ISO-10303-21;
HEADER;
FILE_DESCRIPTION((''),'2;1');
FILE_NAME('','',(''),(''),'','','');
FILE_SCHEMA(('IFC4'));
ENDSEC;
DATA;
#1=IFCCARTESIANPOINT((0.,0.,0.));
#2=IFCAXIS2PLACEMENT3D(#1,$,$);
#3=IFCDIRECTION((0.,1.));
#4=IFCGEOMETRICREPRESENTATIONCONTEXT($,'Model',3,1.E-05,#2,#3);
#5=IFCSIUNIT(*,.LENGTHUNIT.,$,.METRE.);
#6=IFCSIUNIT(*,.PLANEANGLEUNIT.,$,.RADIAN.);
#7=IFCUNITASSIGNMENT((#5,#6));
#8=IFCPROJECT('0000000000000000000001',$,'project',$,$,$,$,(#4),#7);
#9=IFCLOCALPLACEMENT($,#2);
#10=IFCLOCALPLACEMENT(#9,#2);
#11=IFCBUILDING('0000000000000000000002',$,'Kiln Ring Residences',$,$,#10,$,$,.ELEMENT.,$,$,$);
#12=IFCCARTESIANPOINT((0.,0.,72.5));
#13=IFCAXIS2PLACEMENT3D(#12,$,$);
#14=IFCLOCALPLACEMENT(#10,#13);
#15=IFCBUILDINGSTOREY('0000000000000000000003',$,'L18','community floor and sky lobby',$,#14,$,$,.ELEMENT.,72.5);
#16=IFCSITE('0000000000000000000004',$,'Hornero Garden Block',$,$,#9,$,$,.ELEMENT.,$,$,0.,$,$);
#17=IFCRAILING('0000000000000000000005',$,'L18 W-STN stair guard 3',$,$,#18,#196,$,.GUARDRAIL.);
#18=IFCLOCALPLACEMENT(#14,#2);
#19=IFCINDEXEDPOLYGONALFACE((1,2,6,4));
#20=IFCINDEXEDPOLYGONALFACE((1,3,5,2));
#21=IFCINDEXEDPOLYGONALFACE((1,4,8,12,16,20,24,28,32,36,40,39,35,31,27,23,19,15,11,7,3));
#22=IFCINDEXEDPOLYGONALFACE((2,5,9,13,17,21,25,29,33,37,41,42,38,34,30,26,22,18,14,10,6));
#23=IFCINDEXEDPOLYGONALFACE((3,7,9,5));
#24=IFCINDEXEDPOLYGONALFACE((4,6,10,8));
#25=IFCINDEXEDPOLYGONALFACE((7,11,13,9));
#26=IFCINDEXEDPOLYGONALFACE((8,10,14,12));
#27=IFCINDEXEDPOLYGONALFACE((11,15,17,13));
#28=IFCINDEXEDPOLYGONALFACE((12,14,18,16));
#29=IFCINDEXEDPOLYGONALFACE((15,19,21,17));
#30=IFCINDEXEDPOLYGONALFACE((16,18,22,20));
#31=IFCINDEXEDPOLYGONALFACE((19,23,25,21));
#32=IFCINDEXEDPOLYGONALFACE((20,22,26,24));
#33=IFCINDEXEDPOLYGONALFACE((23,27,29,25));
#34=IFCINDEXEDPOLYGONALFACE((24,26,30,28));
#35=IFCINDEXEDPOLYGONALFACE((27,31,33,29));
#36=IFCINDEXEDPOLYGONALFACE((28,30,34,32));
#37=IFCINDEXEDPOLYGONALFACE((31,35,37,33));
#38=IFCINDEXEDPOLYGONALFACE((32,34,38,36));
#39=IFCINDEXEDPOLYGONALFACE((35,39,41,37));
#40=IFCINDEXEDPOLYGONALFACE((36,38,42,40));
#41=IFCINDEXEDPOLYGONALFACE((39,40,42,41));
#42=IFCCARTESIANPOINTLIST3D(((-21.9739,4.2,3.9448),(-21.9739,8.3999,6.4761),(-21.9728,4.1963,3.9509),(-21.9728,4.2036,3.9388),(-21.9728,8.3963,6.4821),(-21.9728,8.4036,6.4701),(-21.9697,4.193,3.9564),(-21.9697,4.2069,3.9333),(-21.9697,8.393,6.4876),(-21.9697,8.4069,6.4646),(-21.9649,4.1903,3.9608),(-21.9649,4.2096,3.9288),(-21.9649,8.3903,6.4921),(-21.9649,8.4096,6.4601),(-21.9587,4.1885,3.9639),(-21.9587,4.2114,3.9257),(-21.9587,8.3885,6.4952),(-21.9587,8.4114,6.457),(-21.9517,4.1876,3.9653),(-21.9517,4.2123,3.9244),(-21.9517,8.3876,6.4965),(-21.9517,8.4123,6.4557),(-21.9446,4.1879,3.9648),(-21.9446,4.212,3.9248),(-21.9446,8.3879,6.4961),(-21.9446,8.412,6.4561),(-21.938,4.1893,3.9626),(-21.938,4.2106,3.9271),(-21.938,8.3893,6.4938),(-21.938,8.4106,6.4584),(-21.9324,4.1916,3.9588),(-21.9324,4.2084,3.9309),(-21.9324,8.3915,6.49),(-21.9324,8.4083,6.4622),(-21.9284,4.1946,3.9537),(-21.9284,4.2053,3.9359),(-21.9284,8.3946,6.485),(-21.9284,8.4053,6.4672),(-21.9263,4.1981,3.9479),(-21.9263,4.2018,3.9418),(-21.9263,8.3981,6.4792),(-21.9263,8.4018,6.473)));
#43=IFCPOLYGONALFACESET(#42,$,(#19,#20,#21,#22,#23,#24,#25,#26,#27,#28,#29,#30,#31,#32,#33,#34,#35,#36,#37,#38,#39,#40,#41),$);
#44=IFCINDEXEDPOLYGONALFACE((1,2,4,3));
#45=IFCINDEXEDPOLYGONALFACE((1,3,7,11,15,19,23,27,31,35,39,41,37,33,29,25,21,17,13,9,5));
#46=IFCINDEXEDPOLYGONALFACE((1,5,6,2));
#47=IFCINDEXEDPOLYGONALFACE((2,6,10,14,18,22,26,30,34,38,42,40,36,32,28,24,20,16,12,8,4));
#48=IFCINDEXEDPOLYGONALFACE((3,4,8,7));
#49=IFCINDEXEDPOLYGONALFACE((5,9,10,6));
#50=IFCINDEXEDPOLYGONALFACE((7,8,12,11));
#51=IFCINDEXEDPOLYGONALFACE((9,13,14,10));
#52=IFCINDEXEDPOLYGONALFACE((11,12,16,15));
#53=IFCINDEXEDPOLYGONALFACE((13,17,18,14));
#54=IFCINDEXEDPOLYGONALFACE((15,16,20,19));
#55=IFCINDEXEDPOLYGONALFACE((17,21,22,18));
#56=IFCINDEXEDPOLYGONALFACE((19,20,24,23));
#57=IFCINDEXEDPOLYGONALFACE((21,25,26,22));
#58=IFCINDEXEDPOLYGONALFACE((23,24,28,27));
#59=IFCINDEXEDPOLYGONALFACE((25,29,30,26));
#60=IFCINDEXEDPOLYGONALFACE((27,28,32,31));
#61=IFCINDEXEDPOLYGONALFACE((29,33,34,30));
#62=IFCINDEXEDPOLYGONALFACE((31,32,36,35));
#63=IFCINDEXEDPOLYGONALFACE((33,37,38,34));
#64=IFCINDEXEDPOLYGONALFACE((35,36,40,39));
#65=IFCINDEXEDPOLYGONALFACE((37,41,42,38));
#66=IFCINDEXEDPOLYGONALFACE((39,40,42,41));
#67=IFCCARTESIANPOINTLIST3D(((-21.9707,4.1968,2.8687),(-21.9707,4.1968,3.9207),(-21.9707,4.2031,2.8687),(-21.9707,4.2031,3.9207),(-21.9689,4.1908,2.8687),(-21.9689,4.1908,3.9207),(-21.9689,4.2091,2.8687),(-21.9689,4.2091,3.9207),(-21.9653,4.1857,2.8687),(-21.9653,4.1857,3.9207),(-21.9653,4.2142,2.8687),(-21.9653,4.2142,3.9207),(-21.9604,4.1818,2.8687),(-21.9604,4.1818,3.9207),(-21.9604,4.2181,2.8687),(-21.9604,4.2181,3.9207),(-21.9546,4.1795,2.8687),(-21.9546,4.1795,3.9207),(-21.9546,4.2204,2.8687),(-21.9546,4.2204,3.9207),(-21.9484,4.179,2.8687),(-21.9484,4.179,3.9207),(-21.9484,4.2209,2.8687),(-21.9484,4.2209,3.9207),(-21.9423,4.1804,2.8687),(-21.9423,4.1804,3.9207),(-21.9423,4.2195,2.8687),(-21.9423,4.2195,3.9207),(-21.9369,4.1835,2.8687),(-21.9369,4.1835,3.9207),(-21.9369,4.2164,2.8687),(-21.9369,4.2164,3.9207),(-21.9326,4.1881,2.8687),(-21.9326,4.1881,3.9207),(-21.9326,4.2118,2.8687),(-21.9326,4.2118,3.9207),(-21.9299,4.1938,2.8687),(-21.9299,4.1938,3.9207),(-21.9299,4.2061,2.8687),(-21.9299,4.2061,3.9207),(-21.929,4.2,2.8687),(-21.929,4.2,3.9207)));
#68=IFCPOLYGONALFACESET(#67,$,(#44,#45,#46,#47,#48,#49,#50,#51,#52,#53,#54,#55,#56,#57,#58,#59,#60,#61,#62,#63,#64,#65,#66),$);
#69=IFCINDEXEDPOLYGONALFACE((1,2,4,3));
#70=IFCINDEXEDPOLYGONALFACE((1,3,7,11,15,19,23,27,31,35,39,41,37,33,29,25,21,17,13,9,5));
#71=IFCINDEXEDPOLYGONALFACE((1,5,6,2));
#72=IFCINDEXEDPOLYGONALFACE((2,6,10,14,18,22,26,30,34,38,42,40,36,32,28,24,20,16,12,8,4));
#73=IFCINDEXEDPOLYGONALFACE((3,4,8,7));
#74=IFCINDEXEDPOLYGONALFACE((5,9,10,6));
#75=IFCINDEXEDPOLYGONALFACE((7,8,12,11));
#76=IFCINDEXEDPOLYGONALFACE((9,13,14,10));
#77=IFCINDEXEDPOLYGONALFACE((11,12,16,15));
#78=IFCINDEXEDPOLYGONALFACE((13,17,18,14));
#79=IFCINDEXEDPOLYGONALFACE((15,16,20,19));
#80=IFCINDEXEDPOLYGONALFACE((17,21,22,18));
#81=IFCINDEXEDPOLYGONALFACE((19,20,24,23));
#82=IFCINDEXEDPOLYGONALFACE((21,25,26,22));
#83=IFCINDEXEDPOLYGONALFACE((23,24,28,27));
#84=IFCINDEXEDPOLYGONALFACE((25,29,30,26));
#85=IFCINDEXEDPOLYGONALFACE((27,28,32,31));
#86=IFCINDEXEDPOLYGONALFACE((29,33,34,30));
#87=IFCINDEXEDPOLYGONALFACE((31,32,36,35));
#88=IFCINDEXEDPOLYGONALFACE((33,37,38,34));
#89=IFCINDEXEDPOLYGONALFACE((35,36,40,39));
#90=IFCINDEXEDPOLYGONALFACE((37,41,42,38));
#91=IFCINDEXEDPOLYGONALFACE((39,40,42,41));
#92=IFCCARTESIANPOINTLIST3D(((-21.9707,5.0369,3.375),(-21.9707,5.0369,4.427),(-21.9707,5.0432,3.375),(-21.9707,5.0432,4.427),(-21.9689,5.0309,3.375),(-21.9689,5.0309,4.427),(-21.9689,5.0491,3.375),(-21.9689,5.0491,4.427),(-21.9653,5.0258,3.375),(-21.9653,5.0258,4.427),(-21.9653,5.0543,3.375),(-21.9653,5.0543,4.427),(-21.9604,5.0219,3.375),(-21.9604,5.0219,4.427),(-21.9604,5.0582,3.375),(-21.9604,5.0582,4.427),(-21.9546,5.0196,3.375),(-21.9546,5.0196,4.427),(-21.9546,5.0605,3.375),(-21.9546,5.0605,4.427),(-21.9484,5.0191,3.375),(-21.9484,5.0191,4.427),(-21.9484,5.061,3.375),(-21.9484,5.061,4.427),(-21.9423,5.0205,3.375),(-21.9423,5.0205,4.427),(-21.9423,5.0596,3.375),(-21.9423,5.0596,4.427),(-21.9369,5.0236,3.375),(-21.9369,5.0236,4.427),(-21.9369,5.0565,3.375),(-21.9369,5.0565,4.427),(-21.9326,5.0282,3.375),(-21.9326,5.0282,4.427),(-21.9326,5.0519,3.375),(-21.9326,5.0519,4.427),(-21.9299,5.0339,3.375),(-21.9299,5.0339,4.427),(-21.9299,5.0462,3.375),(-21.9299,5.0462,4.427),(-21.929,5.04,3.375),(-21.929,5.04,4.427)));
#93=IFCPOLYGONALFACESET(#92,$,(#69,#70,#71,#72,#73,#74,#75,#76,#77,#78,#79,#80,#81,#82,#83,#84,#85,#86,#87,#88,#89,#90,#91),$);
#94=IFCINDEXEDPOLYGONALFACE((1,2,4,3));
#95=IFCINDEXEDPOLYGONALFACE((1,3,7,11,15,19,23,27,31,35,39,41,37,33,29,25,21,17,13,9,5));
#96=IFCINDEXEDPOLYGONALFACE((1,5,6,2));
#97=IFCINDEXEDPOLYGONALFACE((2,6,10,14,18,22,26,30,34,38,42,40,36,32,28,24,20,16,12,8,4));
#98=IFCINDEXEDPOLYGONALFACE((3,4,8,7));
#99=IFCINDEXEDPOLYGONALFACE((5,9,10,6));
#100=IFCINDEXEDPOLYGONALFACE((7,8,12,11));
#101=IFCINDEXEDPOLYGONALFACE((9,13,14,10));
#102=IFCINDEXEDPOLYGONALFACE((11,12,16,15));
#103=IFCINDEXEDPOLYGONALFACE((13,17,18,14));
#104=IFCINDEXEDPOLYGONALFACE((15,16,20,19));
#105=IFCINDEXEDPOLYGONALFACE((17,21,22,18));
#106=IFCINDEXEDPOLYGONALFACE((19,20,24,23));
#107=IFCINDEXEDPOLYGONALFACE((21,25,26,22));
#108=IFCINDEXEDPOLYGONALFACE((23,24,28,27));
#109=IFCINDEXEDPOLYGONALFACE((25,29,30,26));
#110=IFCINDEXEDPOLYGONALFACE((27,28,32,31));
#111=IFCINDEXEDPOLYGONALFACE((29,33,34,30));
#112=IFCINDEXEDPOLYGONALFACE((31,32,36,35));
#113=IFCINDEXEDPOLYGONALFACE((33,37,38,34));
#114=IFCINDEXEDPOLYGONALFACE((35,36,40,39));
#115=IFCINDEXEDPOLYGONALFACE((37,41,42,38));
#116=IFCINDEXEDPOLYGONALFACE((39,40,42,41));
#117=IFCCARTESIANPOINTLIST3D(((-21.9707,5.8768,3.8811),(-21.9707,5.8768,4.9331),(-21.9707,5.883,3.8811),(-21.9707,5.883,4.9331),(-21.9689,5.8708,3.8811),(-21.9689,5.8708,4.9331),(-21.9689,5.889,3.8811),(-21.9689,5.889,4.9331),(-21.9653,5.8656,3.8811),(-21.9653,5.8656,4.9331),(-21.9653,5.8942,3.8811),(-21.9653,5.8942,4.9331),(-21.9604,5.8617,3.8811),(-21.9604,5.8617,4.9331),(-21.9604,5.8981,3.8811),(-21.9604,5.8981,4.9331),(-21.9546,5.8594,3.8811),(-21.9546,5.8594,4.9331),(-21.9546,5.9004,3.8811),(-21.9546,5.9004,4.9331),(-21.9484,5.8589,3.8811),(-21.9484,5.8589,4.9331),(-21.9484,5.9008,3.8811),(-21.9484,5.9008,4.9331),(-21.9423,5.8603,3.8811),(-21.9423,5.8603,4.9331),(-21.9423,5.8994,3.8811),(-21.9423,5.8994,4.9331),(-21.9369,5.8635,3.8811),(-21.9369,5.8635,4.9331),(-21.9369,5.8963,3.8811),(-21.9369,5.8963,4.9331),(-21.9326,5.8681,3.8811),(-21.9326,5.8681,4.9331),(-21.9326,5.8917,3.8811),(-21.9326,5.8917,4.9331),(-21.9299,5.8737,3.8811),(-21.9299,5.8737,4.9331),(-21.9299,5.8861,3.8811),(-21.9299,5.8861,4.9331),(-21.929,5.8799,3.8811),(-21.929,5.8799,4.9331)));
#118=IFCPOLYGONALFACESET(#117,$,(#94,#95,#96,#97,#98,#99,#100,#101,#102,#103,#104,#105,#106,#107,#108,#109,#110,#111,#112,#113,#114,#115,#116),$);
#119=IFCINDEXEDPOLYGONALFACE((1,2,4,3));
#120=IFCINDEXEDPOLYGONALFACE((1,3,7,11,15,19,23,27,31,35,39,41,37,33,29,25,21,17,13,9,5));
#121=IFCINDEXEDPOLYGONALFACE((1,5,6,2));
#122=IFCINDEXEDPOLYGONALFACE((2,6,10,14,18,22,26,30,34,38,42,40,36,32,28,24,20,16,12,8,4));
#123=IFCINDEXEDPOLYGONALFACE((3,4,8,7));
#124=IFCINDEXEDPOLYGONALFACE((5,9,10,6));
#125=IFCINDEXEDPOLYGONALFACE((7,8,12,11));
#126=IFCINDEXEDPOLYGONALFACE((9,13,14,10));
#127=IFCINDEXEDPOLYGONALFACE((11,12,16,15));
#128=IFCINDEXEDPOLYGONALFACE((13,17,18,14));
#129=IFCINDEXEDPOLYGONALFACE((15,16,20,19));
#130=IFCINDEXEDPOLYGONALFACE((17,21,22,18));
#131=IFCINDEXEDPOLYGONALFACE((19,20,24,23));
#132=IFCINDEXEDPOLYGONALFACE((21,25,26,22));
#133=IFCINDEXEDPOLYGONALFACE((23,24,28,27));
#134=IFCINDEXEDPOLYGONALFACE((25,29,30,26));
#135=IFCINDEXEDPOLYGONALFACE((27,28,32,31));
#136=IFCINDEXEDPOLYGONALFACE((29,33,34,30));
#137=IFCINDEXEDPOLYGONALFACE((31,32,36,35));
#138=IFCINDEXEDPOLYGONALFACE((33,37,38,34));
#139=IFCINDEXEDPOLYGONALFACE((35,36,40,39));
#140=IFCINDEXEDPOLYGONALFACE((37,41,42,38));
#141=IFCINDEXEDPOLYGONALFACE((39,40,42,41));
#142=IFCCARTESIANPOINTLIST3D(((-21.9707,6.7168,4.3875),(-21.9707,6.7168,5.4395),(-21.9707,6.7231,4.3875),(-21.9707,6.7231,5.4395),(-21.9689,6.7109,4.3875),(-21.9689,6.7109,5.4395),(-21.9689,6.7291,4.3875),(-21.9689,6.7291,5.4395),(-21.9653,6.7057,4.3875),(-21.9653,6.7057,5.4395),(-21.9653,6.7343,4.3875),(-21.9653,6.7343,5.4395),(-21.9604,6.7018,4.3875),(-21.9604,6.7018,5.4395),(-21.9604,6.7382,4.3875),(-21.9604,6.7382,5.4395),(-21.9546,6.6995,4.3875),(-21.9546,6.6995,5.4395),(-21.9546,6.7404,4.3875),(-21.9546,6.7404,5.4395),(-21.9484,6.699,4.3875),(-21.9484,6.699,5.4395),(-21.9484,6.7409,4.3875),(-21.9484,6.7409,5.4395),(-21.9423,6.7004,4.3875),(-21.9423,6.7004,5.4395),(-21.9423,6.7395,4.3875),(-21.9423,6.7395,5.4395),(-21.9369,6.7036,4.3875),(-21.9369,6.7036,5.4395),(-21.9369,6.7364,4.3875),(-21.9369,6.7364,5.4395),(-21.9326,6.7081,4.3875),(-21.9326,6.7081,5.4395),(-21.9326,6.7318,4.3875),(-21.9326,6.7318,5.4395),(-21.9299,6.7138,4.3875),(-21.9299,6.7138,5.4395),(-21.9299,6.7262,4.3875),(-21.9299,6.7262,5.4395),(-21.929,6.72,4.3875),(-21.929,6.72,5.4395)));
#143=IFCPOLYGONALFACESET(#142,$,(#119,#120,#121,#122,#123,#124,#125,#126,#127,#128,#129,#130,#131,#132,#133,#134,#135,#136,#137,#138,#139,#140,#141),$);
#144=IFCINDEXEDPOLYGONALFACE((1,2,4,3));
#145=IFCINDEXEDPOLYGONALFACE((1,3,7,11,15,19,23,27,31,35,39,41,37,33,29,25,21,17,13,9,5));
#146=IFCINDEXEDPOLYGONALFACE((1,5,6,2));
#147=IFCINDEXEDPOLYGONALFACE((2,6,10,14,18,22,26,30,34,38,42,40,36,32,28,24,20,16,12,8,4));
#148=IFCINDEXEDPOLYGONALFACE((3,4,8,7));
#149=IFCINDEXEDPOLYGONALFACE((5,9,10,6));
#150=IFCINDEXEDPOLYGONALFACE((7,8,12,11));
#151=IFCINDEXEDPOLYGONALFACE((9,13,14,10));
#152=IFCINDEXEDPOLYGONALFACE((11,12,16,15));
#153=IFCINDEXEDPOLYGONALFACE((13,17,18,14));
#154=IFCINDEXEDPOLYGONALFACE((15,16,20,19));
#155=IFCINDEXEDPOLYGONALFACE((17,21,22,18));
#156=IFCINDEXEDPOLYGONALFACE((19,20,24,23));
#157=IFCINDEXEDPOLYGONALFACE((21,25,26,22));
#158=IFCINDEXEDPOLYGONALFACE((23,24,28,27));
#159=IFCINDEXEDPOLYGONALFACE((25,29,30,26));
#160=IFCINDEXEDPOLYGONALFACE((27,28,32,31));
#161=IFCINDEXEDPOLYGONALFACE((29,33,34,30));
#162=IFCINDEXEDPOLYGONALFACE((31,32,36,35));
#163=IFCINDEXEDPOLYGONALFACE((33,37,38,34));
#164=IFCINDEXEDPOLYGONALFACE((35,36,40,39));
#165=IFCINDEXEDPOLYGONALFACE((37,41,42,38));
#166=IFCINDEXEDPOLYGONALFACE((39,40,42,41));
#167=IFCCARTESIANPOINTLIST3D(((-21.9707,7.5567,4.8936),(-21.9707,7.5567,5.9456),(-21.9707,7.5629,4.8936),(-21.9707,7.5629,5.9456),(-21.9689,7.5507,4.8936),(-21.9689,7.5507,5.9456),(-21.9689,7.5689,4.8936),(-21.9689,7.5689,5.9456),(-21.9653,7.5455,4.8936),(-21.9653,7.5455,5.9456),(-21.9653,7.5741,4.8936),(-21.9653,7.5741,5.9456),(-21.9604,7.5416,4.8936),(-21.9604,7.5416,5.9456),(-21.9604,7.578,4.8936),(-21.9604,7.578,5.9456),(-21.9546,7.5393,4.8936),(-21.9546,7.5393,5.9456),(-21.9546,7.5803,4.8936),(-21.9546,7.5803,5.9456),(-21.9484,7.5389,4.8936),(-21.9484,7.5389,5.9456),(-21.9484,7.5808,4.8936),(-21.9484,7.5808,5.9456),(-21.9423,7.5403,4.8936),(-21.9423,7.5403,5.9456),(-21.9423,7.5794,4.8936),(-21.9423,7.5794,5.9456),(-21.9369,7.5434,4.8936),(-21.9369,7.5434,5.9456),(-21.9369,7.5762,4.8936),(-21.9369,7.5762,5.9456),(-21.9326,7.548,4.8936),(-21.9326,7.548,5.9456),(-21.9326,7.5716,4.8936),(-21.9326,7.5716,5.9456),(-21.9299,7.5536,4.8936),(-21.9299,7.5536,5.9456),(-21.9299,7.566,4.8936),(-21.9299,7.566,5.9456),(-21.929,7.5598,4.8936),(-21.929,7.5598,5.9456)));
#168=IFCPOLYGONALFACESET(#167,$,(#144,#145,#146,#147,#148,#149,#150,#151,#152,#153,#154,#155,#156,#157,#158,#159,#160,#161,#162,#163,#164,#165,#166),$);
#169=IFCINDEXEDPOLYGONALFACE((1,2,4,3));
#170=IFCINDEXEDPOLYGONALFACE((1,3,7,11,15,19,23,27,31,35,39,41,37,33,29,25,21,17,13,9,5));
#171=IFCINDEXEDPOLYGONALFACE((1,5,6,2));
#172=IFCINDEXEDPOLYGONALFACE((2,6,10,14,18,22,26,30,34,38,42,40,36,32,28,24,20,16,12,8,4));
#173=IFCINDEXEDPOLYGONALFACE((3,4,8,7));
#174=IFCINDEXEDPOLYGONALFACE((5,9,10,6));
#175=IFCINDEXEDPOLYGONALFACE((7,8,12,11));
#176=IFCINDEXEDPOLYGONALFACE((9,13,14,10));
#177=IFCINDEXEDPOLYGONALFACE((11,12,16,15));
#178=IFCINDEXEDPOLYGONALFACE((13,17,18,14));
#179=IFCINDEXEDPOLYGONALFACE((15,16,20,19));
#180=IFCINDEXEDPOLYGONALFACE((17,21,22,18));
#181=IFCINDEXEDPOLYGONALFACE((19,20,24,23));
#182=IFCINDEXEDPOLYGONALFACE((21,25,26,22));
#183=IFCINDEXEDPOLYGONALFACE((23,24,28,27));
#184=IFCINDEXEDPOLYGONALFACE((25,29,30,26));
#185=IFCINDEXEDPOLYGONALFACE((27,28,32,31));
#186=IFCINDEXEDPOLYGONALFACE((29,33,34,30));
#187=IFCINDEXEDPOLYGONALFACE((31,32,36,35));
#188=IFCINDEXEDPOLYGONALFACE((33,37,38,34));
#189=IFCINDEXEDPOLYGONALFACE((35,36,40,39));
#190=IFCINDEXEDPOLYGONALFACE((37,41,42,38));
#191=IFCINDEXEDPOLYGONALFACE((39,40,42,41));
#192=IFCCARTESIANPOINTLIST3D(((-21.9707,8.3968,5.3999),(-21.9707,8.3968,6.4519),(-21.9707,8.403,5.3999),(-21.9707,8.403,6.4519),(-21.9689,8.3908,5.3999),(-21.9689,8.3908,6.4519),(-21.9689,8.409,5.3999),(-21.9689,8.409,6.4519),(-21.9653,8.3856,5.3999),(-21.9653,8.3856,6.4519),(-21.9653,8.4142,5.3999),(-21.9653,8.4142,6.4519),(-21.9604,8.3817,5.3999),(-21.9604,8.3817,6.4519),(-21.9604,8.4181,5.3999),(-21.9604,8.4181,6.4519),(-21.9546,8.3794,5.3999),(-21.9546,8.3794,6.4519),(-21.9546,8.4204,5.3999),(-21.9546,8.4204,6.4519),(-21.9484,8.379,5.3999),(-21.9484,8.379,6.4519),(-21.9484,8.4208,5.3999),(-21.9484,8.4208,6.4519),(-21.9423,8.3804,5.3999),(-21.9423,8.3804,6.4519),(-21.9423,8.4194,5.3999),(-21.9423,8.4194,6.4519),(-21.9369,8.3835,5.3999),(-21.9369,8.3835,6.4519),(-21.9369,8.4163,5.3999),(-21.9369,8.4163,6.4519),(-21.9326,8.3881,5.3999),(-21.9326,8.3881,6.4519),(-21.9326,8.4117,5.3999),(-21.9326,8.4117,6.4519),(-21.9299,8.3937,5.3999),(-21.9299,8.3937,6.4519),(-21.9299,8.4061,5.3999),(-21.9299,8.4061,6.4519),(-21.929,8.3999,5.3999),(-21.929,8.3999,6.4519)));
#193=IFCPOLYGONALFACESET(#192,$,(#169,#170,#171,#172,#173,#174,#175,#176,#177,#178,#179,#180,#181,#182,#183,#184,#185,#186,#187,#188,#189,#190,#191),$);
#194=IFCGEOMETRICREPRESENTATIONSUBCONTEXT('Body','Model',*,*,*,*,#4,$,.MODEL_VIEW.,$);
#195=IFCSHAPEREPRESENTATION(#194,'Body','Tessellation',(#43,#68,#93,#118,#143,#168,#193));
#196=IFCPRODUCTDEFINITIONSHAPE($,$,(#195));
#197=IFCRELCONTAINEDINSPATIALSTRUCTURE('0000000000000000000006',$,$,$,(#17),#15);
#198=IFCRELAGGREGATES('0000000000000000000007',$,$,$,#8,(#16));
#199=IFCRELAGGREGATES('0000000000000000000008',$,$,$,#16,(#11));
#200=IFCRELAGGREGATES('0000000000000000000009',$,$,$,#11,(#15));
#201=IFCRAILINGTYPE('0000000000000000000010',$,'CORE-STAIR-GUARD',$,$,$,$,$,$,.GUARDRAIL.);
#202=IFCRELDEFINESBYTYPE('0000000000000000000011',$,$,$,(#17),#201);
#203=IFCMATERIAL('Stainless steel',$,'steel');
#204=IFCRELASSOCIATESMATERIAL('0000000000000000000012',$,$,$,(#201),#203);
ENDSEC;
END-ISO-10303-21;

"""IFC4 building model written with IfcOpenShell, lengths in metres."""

from ifc_helpers import new_model, si_unit, direction, frame, origin, origin_2d, place, context, subcontext, project, spatial, circle, extrude, material, type_object, element, save


model = new_model("IFC4")

# Units and contexts
model_context = context("Model", 3, precision=1e-05, world=origin(), true_north=direction((0.0, 1.0)))
body_context = subcontext(model_context, "Body", "Model", "MODEL_VIEW")
ifc_project = project(units=[si_unit("LENGTHUNIT", "METRE"), si_unit("PLANEANGLEUNIT", "RADIAN")], contexts=[model_context])

# Site, building, storey
site_placement = place(None, origin())
site = spatial("IfcSite", under=ifc_project, at=site_placement, Name="Hornero Garden Block", CompositionType="ELEMENT", RefElevation=0.0)
building_placement = place(site_placement, origin())
building = spatial("IfcBuilding", under=site, at=building_placement, Name="Kiln Ring Residences", CompositionType="ELEMENT")
storey_placement = place(building_placement, frame((0.0, 0.0, 72.5)))
storey = spatial("IfcBuildingStorey", under=building, at=storey_placement, Name="L18", Description="community floor and sky lobby", CompositionType="ELEMENT", Elevation=72.5)

# Railing
ifc_material_1 = material(Name="Stainless steel", Category="steel")
railing_type_1 = type_object("IfcRailingType", Name="CORE-STAIR-GUARD", PredefinedType="GUARDRAIL", material=ifc_material_1)
railing_1_placement = place(storey_placement, frame((-21.95, 4.2, 2.8687)))
element("IfcRailing", 1, at=railing_1_placement, inside=storey, type_object=railing_type_1, Name="L18 W-STN stair guard 3", PredefinedType="GUARDRAIL", context=body_context, shape_type="SweptSolid", body=[
    extrude(circle(Radius=0.0239, at=origin_2d()), frame((0.0, 0.0, 1.0762), z_axis=(0.0, 0.856476, 0.516186), x_axis=(-1.0, 0.0, 0.0)), (0.0, 0.0, 1.0), 4.9038),
    extrude(circle(Radius=0.021, at=origin_2d()), origin(), (0.0, 0.0, 1.0), 1.052),
    extrude(circle(Radius=0.021, at=origin_2d()), frame((0.0, 0.8401, 0.5063)), (0.0, 0.0, 1.0), 1.052),
    extrude(circle(Radius=0.021, at=origin_2d()), frame((0.0, 1.6799, 1.0125)), (0.0, 0.0, 1.0), 1.052),
    extrude(circle(Radius=0.021, at=origin_2d()), frame((0.0, 2.52, 1.5188)), (0.0, 0.0, 1.0), 1.052),
    extrude(circle(Radius=0.021, at=origin_2d()), frame((0.0, 3.3599, 2.0249)), (0.0, 0.0, 1.0), 1.052),
    extrude(circle(Radius=0.021, at=origin_2d()), frame((0.0, 4.2, 2.5312)), (0.0, 0.0, 1.0), 1.052),
])

save(model, "model.ifc")
